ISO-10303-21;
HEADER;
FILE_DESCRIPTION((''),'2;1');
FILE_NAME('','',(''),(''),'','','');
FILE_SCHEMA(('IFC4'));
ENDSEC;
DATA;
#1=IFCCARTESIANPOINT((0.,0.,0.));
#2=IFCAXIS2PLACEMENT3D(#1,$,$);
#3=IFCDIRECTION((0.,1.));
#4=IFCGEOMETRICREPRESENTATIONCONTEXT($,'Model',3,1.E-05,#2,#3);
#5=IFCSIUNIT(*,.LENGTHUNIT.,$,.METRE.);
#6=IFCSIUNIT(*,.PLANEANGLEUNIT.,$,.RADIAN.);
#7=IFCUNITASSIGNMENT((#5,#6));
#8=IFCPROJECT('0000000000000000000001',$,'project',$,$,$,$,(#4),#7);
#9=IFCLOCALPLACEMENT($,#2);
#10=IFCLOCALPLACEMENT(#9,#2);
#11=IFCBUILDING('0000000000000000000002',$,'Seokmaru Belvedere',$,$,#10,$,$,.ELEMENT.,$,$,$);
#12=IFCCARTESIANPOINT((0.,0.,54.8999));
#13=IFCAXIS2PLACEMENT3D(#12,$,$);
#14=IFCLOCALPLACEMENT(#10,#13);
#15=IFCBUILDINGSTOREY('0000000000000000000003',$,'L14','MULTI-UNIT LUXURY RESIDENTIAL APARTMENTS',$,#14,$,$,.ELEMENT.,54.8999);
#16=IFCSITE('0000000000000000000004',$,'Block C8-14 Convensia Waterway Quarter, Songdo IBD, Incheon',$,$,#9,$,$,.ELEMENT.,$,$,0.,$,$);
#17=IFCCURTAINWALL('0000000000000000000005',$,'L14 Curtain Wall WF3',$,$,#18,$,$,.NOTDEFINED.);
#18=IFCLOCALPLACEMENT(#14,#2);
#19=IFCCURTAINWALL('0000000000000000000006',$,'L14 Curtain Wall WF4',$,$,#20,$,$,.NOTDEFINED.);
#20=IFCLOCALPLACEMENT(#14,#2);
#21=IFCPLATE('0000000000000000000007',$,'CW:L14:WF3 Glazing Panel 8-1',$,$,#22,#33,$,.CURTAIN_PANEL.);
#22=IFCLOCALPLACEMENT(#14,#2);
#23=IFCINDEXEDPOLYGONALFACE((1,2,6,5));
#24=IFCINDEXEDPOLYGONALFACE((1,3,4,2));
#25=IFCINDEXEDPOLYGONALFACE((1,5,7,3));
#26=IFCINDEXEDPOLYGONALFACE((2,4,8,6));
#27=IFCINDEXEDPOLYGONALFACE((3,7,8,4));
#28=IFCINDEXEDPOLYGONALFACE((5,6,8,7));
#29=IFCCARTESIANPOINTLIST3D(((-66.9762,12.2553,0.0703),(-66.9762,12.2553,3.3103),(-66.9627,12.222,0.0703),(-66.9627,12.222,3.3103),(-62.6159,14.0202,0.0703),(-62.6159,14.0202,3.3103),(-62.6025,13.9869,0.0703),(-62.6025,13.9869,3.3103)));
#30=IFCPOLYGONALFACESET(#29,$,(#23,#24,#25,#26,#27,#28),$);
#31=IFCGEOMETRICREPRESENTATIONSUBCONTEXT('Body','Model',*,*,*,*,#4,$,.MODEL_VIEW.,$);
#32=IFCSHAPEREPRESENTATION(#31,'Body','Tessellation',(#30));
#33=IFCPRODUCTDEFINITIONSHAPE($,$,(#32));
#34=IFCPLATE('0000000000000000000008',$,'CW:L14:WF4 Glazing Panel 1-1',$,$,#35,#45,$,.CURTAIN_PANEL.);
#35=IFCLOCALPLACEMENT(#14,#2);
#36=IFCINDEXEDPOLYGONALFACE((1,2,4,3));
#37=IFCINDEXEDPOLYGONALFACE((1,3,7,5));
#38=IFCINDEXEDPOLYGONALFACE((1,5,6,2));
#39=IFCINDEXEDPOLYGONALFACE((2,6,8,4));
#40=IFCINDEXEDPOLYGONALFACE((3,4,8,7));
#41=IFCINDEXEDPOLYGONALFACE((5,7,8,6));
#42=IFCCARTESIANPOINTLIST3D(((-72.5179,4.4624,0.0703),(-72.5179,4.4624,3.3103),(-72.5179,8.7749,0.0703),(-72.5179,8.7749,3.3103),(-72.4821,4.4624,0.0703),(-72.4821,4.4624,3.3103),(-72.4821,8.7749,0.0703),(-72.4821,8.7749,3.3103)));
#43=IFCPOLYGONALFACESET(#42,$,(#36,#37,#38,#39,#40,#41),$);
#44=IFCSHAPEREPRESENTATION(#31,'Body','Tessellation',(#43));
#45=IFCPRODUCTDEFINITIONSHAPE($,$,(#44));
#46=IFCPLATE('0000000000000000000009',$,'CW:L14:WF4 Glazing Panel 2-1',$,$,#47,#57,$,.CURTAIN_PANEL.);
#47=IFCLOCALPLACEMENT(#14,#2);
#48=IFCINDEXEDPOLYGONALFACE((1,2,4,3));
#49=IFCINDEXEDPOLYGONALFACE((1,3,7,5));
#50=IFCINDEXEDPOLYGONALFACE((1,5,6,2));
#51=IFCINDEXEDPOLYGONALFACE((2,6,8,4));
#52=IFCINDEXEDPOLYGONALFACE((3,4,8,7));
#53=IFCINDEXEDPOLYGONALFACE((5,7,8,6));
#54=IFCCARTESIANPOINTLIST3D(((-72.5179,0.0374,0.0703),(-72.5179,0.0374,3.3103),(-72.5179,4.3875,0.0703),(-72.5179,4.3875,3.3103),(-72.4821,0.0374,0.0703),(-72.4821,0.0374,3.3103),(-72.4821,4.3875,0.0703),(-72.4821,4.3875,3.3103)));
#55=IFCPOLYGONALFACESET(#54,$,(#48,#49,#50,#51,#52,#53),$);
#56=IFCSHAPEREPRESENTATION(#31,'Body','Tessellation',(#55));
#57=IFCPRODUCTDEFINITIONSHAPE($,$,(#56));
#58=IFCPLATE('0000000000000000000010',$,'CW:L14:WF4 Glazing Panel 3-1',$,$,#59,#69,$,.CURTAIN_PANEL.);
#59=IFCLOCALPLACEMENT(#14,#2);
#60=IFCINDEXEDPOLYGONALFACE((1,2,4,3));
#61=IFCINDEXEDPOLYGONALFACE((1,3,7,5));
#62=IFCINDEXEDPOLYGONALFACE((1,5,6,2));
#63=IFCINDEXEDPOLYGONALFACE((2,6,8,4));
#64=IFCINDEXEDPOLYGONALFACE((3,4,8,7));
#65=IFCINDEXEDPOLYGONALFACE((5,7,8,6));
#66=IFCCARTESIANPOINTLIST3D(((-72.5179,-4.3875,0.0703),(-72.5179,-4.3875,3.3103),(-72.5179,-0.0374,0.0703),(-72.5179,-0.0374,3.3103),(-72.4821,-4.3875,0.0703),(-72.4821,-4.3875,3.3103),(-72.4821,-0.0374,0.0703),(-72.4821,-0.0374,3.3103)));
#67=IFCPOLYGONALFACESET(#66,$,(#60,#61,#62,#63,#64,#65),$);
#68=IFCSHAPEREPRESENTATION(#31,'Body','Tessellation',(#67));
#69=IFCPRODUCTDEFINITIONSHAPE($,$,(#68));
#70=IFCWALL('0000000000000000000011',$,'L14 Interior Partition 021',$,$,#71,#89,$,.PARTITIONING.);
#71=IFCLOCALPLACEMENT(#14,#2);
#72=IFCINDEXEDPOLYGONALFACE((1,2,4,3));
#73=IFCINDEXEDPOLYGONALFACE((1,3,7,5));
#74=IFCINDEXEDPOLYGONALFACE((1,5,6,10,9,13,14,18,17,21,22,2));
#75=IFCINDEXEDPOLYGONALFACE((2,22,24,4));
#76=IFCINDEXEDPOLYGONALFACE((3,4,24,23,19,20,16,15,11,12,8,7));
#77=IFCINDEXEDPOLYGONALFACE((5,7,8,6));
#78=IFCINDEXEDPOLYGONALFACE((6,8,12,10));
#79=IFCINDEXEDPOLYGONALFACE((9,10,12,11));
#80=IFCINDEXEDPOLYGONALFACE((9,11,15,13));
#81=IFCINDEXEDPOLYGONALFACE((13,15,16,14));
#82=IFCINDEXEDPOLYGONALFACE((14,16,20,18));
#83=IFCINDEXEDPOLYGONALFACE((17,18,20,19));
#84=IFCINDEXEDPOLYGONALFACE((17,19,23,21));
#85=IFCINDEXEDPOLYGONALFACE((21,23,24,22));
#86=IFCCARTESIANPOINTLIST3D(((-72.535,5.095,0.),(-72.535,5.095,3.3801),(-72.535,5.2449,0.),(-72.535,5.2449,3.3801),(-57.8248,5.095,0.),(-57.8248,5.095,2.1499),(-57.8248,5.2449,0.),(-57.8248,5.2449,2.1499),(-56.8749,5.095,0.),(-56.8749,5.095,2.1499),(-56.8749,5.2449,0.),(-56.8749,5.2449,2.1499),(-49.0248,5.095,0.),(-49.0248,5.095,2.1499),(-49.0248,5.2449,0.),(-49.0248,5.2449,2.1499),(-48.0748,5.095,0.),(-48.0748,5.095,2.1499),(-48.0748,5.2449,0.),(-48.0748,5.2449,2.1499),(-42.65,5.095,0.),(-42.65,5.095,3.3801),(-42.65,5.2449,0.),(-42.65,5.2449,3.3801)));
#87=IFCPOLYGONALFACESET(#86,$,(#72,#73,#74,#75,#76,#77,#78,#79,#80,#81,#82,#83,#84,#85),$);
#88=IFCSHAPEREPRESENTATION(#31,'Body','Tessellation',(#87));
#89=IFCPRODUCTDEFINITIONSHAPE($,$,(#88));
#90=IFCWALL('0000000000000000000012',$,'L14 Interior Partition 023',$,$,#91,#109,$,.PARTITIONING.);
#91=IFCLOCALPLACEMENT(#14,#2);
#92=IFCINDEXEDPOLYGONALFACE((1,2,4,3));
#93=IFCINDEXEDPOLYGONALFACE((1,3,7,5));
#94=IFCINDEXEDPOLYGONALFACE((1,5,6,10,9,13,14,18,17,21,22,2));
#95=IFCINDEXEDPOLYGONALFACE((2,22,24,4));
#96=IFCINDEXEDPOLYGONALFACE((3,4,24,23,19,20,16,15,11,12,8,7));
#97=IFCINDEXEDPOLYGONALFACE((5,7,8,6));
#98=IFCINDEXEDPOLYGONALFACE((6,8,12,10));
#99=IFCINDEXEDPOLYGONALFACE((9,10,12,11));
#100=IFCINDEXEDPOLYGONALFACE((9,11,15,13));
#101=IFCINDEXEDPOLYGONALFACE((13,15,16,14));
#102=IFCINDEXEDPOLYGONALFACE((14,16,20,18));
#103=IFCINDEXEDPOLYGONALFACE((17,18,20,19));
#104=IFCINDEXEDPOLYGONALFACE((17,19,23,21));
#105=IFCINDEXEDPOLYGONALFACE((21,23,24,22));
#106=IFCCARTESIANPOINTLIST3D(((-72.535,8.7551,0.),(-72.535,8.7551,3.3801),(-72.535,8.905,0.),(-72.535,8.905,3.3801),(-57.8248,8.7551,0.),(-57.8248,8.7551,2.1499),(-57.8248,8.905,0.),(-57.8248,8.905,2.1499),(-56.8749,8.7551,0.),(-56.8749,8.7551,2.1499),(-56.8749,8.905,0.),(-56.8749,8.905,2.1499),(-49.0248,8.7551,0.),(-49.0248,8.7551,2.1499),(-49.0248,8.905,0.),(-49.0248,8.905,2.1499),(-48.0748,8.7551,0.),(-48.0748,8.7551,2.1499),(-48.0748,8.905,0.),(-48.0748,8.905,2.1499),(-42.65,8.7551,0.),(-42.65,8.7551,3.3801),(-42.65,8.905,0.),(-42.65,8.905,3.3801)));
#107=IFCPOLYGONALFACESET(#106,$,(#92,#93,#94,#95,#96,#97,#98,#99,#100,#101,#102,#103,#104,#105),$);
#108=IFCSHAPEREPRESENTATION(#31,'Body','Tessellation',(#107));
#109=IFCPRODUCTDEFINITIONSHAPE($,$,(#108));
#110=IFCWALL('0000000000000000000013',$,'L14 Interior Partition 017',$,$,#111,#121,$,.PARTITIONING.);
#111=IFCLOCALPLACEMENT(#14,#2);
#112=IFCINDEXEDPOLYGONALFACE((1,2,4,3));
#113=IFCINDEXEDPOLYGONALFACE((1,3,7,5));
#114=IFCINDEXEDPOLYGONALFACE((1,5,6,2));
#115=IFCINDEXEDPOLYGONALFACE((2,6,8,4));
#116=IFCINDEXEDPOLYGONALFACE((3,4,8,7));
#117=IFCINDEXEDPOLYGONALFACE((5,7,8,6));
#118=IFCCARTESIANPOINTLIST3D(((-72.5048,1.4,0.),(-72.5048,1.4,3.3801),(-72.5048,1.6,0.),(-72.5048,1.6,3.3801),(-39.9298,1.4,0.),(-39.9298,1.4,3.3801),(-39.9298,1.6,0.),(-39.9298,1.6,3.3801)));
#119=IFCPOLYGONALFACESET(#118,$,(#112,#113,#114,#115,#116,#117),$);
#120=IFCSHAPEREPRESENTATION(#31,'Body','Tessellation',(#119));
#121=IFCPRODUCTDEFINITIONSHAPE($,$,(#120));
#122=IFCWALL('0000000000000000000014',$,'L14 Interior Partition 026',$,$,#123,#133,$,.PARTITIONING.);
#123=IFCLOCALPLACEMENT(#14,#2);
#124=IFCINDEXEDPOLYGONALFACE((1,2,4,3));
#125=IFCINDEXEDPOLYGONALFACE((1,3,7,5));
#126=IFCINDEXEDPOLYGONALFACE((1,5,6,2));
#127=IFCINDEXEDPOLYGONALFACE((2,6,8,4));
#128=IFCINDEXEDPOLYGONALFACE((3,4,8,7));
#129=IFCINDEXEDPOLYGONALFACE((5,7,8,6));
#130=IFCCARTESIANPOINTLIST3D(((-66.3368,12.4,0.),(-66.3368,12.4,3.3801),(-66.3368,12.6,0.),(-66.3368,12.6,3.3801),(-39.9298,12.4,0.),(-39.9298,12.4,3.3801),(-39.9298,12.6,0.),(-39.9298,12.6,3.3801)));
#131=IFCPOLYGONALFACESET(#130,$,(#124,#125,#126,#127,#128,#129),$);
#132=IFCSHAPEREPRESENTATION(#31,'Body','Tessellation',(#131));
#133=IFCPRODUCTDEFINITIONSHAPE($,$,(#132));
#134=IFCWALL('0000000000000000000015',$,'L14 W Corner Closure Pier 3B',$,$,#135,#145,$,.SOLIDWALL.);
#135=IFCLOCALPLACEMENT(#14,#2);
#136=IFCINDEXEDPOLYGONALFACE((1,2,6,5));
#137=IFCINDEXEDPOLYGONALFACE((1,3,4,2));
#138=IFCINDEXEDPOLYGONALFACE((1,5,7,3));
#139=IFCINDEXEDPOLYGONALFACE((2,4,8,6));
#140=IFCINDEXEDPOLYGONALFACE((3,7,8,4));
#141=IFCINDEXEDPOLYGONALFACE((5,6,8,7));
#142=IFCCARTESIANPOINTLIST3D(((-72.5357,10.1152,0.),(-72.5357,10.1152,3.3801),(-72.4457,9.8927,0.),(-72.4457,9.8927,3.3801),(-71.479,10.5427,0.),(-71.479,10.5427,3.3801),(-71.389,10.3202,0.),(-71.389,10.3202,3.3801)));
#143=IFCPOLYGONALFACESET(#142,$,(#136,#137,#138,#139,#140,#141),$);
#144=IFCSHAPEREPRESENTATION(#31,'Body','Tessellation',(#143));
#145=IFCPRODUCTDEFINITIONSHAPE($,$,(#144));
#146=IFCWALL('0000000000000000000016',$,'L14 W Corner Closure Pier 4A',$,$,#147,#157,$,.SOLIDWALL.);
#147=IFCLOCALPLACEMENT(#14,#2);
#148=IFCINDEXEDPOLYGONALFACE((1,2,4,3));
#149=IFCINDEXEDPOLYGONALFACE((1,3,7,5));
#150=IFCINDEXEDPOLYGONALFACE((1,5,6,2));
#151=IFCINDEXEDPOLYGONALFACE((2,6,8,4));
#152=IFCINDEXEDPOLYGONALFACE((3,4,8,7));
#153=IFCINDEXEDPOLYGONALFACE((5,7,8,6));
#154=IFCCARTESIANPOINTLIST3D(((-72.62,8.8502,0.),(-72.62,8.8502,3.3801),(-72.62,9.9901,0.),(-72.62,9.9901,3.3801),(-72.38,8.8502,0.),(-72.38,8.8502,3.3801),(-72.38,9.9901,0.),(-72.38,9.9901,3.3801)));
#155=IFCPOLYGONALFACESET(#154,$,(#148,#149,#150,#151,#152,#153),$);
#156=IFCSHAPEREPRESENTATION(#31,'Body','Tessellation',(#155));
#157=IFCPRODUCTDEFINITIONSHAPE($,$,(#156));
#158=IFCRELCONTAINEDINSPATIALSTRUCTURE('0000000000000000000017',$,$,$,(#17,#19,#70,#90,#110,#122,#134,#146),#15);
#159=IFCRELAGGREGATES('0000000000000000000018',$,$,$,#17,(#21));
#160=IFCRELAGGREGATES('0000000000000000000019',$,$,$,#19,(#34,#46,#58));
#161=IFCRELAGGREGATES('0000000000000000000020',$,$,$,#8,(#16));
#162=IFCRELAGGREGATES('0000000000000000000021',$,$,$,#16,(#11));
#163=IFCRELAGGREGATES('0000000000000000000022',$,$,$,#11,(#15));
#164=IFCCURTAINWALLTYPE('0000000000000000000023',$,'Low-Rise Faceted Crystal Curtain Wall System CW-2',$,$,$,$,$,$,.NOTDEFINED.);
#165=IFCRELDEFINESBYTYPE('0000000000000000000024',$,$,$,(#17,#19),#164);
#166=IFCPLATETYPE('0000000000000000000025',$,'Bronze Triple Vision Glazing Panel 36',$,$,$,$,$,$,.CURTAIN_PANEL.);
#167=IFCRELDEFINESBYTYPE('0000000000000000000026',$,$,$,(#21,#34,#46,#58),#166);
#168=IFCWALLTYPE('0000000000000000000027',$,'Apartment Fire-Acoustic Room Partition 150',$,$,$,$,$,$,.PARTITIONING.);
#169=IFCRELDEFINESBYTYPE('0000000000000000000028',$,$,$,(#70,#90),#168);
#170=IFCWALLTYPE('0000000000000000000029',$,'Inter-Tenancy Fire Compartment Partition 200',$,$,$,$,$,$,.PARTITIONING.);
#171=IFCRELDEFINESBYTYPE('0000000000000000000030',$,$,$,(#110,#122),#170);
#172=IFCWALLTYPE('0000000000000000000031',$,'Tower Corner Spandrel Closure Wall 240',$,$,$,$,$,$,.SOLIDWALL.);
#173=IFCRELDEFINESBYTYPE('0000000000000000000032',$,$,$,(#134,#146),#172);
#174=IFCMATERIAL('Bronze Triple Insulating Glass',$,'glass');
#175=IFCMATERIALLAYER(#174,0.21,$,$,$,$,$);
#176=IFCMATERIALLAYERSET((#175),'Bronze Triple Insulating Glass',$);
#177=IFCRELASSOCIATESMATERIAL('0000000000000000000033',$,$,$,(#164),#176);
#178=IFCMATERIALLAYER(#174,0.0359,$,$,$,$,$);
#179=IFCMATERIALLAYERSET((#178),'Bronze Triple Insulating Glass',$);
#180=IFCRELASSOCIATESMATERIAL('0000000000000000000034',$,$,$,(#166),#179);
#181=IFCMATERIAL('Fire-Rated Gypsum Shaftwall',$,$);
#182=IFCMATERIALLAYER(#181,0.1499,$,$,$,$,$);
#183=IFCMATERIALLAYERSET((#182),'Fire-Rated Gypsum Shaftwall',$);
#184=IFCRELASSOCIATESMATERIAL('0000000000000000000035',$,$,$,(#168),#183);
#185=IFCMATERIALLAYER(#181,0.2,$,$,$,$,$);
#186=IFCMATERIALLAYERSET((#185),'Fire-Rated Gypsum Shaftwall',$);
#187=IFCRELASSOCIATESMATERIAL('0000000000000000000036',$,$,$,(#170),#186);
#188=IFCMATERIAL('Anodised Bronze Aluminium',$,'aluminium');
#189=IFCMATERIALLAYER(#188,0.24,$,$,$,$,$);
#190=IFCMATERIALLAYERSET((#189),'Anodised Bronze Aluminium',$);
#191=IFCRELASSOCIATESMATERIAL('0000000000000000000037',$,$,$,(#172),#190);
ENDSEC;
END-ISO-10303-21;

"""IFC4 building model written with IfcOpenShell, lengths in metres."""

from ifc_helpers import new_model, si_unit, direction, frame, frame_2d, origin, origin_2d, place, context, subcontext, project, spatial, rectangle, extrude, source, transform, mapped, material, layer, layer_set, type_object, element, aggregate, save


model = new_model("IFC4")

# Units and contexts
model_context = context("Model", 3, precision=1e-05, world=origin(), true_north=direction((0.0, 1.0)))
body_context = subcontext(model_context, "Body", "Model", "MODEL_VIEW")
ifc_project = project(units=[si_unit("LENGTHUNIT", "METRE"), si_unit("PLANEANGLEUNIT", "RADIAN")], contexts=[model_context])

# Site, building, storey
site_placement = place(None, origin())
site = spatial("IfcSite", under=ifc_project, at=site_placement, Name="Block C8-14 Convensia Waterway Quarter, Songdo IBD, Incheon", CompositionType="ELEMENT", RefElevation=0.0)
building_placement = place(site_placement, origin())
building = spatial("IfcBuilding", under=site, at=building_placement, Name="Seokmaru Belvedere", CompositionType="ELEMENT")
storey_placement = place(building_placement, frame((0.0, 0.0, 54.8999)))
storey = spatial("IfcBuildingStorey", under=building, at=storey_placement, Name="L14", Description="MULTI-UNIT LUXURY RESIDENTIAL APARTMENTS", CompositionType="ELEMENT", Elevation=54.8999)

# Curtain walls
ifc_material_1 = material(Name="Bronze Triple Insulating Glass", Category="glass")
ifc_layer_1 = layer(ifc_material_1, 0.21)
ifc_layer_set_1 = layer_set([ifc_layer_1], Name="Bronze Triple Insulating Glass")
curtain_wall_type = type_object("IfcCurtainWallType", Name="Low-Rise Faceted Crystal Curtain Wall System CW-2", PredefinedType="NOTDEFINED", material=ifc_layer_set_1)
curtain_wall_1_placement = place(storey_placement, origin())
curtain_wall_1 = element("IfcCurtainWall", 1, at=curtain_wall_1_placement, inside=storey, type_object=curtain_wall_type, Name="L14 Curtain Wall WF3", PredefinedType="NOTDEFINED")
ifc_material_2 = material(Name="Anodised Bronze Aluminium", Category="aluminium")
curtain_wall_2_placement = place(storey_placement, origin())
curtain_wall_2 = element("IfcCurtainWall", 2, at=curtain_wall_2_placement, inside=storey, type_object=curtain_wall_type, Name="L14 Curtain Wall WF4", PredefinedType="NOTDEFINED")

# Plates
ifc_layer_2 = layer(ifc_material_1, 0.0359)
ifc_layer_set_2 = layer_set([ifc_layer_2], Name="Bronze Triple Insulating Glass")
plate_type = type_object("IfcPlateType", Name="Bronze Triple Vision Glazing Panel 36", PredefinedType="CURTAIN_PANEL", material=ifc_layer_set_2)
shared_shape_1 = source(origin(), body_context, "Body", "SweptSolid", [
    extrude(rectangle(XDim=4.7039, YDim=0.0359, at=origin_2d()), origin(), (0.0, 0.0, 1.0), 3.24),
])
plate_1_placement = place(storey_placement, frame((-64.7893, 13.1211, 0.0703), z_axis=(0.0, 0.0, 1.0), x_axis=(-0.926947, -0.375192, 0.0)))
plate_1 = element("IfcPlate", 3, at=plate_1_placement, type_object=plate_type, Name="CW:L14:WF3 Glazing Panel 8-1", PredefinedType="CURTAIN_PANEL", context=body_context, shape_type="MappedRepresentation", body=[
    mapped(shared_shape_1, transform((0.0, 0.0, 0.0), scale=1.0)),
])
aggregate(curtain_wall_1, [plate_1])
shared_shape_2 = source(origin(), body_context, "Body", "SweptSolid", [
    extrude(rectangle(XDim=4.3125, YDim=0.0359, at=origin_2d()), origin(), (0.0, 0.0, 1.0), 3.24),
])
plate_2_placement = place(storey_placement, frame((-72.5, 6.6187, 0.0703), z_axis=(0.0, 0.0, 1.0), x_axis=(0.0, -1.0, 0.0)))
plate_2 = element("IfcPlate", 4, at=plate_2_placement, type_object=plate_type, Name="CW:L14:WF4 Glazing Panel 1-1", PredefinedType="CURTAIN_PANEL", context=body_context, shape_type="MappedRepresentation", body=[
    mapped(shared_shape_2, transform((0.0, 0.0, 0.0), scale=1.0)),
])
shared_shape_3 = source(origin(), body_context, "Body", "SweptSolid", [
    extrude(rectangle(XDim=4.3501, YDim=0.0359, at=origin_2d()), origin(), (0.0, 0.0, 1.0), 3.24),
])
plate_3_placement = place(storey_placement, frame((-72.5, 2.2124, 0.0703), z_axis=(0.0, 0.0, 1.0), x_axis=(0.0, -1.0, 0.0)))
plate_3 = element("IfcPlate", 5, at=plate_3_placement, type_object=plate_type, Name="CW:L14:WF4 Glazing Panel 2-1", PredefinedType="CURTAIN_PANEL", context=body_context, shape_type="MappedRepresentation", body=[
    mapped(shared_shape_3, transform((0.0, 0.0, 0.0), scale=1.0)),
])
plate_4_placement = place(storey_placement, frame((-72.5, -2.2124, 0.0703), z_axis=(0.0, 0.0, 1.0), x_axis=(0.0, -1.0, 0.0)))
plate_4 = element("IfcPlate", 6, at=plate_4_placement, type_object=plate_type, Name="CW:L14:WF4 Glazing Panel 3-1", PredefinedType="CURTAIN_PANEL", context=body_context, shape_type="MappedRepresentation", body=[
    mapped(shared_shape_3, transform((0.0, 0.0, 0.0), scale=1.0)),
])
aggregate(curtain_wall_2, [plate_2, plate_3, plate_4])

# Walls, openings
ifc_material_3 = material(Name="Fire-Rated Gypsum Shaftwall")
ifc_layer_3 = layer(ifc_material_3, 0.1499)
ifc_layer_set_3 = layer_set([ifc_layer_3], Name="Fire-Rated Gypsum Shaftwall")
wall_type_1 = type_object("IfcWallType", Name="Apartment Fire-Acoustic Room Partition 150", PredefinedType="PARTITIONING", material=ifc_layer_set_3)
wall_1_placement = place(storey_placement, frame((-72.5349, 5.1699, 0.0), z_axis=(0.0, 0.0, 1.0), x_axis=(1.0, 0.0, 0.0)))
wall_1 = element("IfcWall", 7, at=wall_1_placement, inside=storey, type_object=wall_type_1, Name="L14 Interior Partition 021", PredefinedType="PARTITIONING", context=body_context, shape_type="SweptSolid", body=[
    extrude(rectangle(XDim=29.885, YDim=0.1499, at=frame_2d((14.9424, 0.0))), origin(), (0.0, 0.0, 1.0), 3.3801),
])
opening_1_placement = place(wall_1_placement, frame((23.51, 0.0, 0.0)))
element("IfcOpeningElement", 8, at=opening_1_placement, cuts=wall_1, PredefinedType="OPENING", context=body_context, shape_type="SweptSolid", body=[
    extrude(rectangle(XDim=0.95, YDim=2.1499, at=frame_2d((0.4751, 1.075))), frame((0.0, 0.085, 0.0), z_axis=(0.0, -1.0, 0.0), x_axis=(1.0, 0.0, 0.0)), (0.0, 0.0, 1.0), 0.1699),
])
opening_2_placement = place(wall_1_placement, frame((14.71, 0.0, 0.0)))
element("IfcOpeningElement", 9, at=opening_2_placement, cuts=wall_1, PredefinedType="OPENING", context=body_context, shape_type="SweptSolid", body=[
    extrude(rectangle(XDim=0.95, YDim=2.1499, at=frame_2d((0.4751, 1.075))), frame((0.0, 0.085, 0.0), z_axis=(0.0, -1.0, 0.0), x_axis=(1.0, 0.0, 0.0)), (0.0, 0.0, 1.0), 0.1699),
])
wall_2_placement = place(storey_placement, frame((-72.5349, 8.8301, 0.0), z_axis=(0.0, 0.0, 1.0), x_axis=(1.0, 0.0, 0.0)))
wall_2 = element("IfcWall", 10, at=wall_2_placement, inside=storey, type_object=wall_type_1, Name="L14 Interior Partition 023", PredefinedType="PARTITIONING", context=body_context, shape_type="SweptSolid", body=[
    extrude(rectangle(XDim=29.885, YDim=0.1499, at=frame_2d((14.9424, 0.0))), origin(), (0.0, 0.0, 1.0), 3.3801),
])
opening_3_placement = place(wall_2_placement, frame((23.51, 0.0, 0.0)))
element("IfcOpeningElement", 11, at=opening_3_placement, cuts=wall_2, PredefinedType="OPENING", context=body_context, shape_type="SweptSolid", body=[
    extrude(rectangle(XDim=0.95, YDim=2.1499, at=frame_2d((0.4751, 1.075))), frame((0.0, 0.085, 0.0), z_axis=(0.0, -1.0, 0.0), x_axis=(1.0, 0.0, 0.0)), (0.0, 0.0, 1.0), 0.1699),
])
opening_4_placement = place(wall_2_placement, frame((14.71, 0.0, 0.0)))
element("IfcOpeningElement", 12, at=opening_4_placement, cuts=wall_2, PredefinedType="OPENING", context=body_context, shape_type="SweptSolid", body=[
    extrude(rectangle(XDim=0.95, YDim=2.1499, at=frame_2d((0.4751, 1.075))), frame((0.0, 0.085, 0.0), z_axis=(0.0, -1.0, 0.0), x_axis=(1.0, 0.0, 0.0)), (0.0, 0.0, 1.0), 0.1699),
])

# Walls
ifc_layer_4 = layer(ifc_material_3, 0.2)
ifc_layer_set_4 = layer_set([ifc_layer_4], Name="Fire-Rated Gypsum Shaftwall")
wall_type_2 = type_object("IfcWallType", Name="Inter-Tenancy Fire Compartment Partition 200", PredefinedType="PARTITIONING", material=ifc_layer_set_4)
wall_3_placement = place(storey_placement, frame((-72.5049, 1.5, 0.0), z_axis=(0.0, 0.0, 1.0), x_axis=(1.0, 0.0, 0.0)))
element("IfcWall", 13, at=wall_3_placement, inside=storey, type_object=wall_type_2, Name="L14 Interior Partition 017", PredefinedType="PARTITIONING", context=body_context, shape_type="SweptSolid", body=[
    extrude(rectangle(XDim=32.575, YDim=0.2, at=frame_2d((16.2876, 0.0))), origin(), (0.0, 0.0, 1.0), 3.3801),
])
wall_4_placement = place(storey_placement, frame((-66.3369, 12.5, 0.0), z_axis=(0.0, 0.0, 1.0), x_axis=(1.0, 0.0, 0.0)))
element("IfcWall", 14, at=wall_4_placement, inside=storey, type_object=wall_type_2, Name="L14 Interior Partition 026", PredefinedType="PARTITIONING", context=body_context, shape_type="SweptSolid", body=[
    extrude(rectangle(XDim=26.407, YDim=0.2, at=frame_2d((13.2036, 0.0))), origin(), (0.0, 0.0, 1.0), 3.3801),
])
ifc_layer_5 = layer(ifc_material_2, 0.24)
ifc_layer_set_5 = layer_set([ifc_layer_5], Name="Anodised Bronze Aluminium")
wall_type_3 = type_object("IfcWallType", Name="Tower Corner Spandrel Closure Wall 240", PredefinedType="SOLIDWALL", material=ifc_layer_set_5)
for number, where, z_axis, x_axis, name in (
    (15, (-71.4341, 10.4314, 0.0), (0.0, 0.0, 1.0), (-0.927007, -0.375044, 0.0), "L14 W Corner Closure Pier 3B"),
    (16, (-72.5, 9.99, 0.0), (0.0, 0.0, 1.0), (0.0, -1.0, 0.0), "L14 W Corner Closure Pier 4A"),
):
    element("IfcWall", number, at=place(storey_placement, frame(where, z_axis=z_axis, x_axis=x_axis)), inside=storey, type_object=wall_type_3, Name=name, PredefinedType="SOLIDWALL", context=body_context, shape_type="SweptSolid", body=[
        extrude(rectangle(XDim=1.1399, YDim=0.24, at=frame_2d((0.5698, 0.0))), origin(), (0.0, 0.0, 1.0), 3.3801),
    ])

save(model, "model.ifc")
